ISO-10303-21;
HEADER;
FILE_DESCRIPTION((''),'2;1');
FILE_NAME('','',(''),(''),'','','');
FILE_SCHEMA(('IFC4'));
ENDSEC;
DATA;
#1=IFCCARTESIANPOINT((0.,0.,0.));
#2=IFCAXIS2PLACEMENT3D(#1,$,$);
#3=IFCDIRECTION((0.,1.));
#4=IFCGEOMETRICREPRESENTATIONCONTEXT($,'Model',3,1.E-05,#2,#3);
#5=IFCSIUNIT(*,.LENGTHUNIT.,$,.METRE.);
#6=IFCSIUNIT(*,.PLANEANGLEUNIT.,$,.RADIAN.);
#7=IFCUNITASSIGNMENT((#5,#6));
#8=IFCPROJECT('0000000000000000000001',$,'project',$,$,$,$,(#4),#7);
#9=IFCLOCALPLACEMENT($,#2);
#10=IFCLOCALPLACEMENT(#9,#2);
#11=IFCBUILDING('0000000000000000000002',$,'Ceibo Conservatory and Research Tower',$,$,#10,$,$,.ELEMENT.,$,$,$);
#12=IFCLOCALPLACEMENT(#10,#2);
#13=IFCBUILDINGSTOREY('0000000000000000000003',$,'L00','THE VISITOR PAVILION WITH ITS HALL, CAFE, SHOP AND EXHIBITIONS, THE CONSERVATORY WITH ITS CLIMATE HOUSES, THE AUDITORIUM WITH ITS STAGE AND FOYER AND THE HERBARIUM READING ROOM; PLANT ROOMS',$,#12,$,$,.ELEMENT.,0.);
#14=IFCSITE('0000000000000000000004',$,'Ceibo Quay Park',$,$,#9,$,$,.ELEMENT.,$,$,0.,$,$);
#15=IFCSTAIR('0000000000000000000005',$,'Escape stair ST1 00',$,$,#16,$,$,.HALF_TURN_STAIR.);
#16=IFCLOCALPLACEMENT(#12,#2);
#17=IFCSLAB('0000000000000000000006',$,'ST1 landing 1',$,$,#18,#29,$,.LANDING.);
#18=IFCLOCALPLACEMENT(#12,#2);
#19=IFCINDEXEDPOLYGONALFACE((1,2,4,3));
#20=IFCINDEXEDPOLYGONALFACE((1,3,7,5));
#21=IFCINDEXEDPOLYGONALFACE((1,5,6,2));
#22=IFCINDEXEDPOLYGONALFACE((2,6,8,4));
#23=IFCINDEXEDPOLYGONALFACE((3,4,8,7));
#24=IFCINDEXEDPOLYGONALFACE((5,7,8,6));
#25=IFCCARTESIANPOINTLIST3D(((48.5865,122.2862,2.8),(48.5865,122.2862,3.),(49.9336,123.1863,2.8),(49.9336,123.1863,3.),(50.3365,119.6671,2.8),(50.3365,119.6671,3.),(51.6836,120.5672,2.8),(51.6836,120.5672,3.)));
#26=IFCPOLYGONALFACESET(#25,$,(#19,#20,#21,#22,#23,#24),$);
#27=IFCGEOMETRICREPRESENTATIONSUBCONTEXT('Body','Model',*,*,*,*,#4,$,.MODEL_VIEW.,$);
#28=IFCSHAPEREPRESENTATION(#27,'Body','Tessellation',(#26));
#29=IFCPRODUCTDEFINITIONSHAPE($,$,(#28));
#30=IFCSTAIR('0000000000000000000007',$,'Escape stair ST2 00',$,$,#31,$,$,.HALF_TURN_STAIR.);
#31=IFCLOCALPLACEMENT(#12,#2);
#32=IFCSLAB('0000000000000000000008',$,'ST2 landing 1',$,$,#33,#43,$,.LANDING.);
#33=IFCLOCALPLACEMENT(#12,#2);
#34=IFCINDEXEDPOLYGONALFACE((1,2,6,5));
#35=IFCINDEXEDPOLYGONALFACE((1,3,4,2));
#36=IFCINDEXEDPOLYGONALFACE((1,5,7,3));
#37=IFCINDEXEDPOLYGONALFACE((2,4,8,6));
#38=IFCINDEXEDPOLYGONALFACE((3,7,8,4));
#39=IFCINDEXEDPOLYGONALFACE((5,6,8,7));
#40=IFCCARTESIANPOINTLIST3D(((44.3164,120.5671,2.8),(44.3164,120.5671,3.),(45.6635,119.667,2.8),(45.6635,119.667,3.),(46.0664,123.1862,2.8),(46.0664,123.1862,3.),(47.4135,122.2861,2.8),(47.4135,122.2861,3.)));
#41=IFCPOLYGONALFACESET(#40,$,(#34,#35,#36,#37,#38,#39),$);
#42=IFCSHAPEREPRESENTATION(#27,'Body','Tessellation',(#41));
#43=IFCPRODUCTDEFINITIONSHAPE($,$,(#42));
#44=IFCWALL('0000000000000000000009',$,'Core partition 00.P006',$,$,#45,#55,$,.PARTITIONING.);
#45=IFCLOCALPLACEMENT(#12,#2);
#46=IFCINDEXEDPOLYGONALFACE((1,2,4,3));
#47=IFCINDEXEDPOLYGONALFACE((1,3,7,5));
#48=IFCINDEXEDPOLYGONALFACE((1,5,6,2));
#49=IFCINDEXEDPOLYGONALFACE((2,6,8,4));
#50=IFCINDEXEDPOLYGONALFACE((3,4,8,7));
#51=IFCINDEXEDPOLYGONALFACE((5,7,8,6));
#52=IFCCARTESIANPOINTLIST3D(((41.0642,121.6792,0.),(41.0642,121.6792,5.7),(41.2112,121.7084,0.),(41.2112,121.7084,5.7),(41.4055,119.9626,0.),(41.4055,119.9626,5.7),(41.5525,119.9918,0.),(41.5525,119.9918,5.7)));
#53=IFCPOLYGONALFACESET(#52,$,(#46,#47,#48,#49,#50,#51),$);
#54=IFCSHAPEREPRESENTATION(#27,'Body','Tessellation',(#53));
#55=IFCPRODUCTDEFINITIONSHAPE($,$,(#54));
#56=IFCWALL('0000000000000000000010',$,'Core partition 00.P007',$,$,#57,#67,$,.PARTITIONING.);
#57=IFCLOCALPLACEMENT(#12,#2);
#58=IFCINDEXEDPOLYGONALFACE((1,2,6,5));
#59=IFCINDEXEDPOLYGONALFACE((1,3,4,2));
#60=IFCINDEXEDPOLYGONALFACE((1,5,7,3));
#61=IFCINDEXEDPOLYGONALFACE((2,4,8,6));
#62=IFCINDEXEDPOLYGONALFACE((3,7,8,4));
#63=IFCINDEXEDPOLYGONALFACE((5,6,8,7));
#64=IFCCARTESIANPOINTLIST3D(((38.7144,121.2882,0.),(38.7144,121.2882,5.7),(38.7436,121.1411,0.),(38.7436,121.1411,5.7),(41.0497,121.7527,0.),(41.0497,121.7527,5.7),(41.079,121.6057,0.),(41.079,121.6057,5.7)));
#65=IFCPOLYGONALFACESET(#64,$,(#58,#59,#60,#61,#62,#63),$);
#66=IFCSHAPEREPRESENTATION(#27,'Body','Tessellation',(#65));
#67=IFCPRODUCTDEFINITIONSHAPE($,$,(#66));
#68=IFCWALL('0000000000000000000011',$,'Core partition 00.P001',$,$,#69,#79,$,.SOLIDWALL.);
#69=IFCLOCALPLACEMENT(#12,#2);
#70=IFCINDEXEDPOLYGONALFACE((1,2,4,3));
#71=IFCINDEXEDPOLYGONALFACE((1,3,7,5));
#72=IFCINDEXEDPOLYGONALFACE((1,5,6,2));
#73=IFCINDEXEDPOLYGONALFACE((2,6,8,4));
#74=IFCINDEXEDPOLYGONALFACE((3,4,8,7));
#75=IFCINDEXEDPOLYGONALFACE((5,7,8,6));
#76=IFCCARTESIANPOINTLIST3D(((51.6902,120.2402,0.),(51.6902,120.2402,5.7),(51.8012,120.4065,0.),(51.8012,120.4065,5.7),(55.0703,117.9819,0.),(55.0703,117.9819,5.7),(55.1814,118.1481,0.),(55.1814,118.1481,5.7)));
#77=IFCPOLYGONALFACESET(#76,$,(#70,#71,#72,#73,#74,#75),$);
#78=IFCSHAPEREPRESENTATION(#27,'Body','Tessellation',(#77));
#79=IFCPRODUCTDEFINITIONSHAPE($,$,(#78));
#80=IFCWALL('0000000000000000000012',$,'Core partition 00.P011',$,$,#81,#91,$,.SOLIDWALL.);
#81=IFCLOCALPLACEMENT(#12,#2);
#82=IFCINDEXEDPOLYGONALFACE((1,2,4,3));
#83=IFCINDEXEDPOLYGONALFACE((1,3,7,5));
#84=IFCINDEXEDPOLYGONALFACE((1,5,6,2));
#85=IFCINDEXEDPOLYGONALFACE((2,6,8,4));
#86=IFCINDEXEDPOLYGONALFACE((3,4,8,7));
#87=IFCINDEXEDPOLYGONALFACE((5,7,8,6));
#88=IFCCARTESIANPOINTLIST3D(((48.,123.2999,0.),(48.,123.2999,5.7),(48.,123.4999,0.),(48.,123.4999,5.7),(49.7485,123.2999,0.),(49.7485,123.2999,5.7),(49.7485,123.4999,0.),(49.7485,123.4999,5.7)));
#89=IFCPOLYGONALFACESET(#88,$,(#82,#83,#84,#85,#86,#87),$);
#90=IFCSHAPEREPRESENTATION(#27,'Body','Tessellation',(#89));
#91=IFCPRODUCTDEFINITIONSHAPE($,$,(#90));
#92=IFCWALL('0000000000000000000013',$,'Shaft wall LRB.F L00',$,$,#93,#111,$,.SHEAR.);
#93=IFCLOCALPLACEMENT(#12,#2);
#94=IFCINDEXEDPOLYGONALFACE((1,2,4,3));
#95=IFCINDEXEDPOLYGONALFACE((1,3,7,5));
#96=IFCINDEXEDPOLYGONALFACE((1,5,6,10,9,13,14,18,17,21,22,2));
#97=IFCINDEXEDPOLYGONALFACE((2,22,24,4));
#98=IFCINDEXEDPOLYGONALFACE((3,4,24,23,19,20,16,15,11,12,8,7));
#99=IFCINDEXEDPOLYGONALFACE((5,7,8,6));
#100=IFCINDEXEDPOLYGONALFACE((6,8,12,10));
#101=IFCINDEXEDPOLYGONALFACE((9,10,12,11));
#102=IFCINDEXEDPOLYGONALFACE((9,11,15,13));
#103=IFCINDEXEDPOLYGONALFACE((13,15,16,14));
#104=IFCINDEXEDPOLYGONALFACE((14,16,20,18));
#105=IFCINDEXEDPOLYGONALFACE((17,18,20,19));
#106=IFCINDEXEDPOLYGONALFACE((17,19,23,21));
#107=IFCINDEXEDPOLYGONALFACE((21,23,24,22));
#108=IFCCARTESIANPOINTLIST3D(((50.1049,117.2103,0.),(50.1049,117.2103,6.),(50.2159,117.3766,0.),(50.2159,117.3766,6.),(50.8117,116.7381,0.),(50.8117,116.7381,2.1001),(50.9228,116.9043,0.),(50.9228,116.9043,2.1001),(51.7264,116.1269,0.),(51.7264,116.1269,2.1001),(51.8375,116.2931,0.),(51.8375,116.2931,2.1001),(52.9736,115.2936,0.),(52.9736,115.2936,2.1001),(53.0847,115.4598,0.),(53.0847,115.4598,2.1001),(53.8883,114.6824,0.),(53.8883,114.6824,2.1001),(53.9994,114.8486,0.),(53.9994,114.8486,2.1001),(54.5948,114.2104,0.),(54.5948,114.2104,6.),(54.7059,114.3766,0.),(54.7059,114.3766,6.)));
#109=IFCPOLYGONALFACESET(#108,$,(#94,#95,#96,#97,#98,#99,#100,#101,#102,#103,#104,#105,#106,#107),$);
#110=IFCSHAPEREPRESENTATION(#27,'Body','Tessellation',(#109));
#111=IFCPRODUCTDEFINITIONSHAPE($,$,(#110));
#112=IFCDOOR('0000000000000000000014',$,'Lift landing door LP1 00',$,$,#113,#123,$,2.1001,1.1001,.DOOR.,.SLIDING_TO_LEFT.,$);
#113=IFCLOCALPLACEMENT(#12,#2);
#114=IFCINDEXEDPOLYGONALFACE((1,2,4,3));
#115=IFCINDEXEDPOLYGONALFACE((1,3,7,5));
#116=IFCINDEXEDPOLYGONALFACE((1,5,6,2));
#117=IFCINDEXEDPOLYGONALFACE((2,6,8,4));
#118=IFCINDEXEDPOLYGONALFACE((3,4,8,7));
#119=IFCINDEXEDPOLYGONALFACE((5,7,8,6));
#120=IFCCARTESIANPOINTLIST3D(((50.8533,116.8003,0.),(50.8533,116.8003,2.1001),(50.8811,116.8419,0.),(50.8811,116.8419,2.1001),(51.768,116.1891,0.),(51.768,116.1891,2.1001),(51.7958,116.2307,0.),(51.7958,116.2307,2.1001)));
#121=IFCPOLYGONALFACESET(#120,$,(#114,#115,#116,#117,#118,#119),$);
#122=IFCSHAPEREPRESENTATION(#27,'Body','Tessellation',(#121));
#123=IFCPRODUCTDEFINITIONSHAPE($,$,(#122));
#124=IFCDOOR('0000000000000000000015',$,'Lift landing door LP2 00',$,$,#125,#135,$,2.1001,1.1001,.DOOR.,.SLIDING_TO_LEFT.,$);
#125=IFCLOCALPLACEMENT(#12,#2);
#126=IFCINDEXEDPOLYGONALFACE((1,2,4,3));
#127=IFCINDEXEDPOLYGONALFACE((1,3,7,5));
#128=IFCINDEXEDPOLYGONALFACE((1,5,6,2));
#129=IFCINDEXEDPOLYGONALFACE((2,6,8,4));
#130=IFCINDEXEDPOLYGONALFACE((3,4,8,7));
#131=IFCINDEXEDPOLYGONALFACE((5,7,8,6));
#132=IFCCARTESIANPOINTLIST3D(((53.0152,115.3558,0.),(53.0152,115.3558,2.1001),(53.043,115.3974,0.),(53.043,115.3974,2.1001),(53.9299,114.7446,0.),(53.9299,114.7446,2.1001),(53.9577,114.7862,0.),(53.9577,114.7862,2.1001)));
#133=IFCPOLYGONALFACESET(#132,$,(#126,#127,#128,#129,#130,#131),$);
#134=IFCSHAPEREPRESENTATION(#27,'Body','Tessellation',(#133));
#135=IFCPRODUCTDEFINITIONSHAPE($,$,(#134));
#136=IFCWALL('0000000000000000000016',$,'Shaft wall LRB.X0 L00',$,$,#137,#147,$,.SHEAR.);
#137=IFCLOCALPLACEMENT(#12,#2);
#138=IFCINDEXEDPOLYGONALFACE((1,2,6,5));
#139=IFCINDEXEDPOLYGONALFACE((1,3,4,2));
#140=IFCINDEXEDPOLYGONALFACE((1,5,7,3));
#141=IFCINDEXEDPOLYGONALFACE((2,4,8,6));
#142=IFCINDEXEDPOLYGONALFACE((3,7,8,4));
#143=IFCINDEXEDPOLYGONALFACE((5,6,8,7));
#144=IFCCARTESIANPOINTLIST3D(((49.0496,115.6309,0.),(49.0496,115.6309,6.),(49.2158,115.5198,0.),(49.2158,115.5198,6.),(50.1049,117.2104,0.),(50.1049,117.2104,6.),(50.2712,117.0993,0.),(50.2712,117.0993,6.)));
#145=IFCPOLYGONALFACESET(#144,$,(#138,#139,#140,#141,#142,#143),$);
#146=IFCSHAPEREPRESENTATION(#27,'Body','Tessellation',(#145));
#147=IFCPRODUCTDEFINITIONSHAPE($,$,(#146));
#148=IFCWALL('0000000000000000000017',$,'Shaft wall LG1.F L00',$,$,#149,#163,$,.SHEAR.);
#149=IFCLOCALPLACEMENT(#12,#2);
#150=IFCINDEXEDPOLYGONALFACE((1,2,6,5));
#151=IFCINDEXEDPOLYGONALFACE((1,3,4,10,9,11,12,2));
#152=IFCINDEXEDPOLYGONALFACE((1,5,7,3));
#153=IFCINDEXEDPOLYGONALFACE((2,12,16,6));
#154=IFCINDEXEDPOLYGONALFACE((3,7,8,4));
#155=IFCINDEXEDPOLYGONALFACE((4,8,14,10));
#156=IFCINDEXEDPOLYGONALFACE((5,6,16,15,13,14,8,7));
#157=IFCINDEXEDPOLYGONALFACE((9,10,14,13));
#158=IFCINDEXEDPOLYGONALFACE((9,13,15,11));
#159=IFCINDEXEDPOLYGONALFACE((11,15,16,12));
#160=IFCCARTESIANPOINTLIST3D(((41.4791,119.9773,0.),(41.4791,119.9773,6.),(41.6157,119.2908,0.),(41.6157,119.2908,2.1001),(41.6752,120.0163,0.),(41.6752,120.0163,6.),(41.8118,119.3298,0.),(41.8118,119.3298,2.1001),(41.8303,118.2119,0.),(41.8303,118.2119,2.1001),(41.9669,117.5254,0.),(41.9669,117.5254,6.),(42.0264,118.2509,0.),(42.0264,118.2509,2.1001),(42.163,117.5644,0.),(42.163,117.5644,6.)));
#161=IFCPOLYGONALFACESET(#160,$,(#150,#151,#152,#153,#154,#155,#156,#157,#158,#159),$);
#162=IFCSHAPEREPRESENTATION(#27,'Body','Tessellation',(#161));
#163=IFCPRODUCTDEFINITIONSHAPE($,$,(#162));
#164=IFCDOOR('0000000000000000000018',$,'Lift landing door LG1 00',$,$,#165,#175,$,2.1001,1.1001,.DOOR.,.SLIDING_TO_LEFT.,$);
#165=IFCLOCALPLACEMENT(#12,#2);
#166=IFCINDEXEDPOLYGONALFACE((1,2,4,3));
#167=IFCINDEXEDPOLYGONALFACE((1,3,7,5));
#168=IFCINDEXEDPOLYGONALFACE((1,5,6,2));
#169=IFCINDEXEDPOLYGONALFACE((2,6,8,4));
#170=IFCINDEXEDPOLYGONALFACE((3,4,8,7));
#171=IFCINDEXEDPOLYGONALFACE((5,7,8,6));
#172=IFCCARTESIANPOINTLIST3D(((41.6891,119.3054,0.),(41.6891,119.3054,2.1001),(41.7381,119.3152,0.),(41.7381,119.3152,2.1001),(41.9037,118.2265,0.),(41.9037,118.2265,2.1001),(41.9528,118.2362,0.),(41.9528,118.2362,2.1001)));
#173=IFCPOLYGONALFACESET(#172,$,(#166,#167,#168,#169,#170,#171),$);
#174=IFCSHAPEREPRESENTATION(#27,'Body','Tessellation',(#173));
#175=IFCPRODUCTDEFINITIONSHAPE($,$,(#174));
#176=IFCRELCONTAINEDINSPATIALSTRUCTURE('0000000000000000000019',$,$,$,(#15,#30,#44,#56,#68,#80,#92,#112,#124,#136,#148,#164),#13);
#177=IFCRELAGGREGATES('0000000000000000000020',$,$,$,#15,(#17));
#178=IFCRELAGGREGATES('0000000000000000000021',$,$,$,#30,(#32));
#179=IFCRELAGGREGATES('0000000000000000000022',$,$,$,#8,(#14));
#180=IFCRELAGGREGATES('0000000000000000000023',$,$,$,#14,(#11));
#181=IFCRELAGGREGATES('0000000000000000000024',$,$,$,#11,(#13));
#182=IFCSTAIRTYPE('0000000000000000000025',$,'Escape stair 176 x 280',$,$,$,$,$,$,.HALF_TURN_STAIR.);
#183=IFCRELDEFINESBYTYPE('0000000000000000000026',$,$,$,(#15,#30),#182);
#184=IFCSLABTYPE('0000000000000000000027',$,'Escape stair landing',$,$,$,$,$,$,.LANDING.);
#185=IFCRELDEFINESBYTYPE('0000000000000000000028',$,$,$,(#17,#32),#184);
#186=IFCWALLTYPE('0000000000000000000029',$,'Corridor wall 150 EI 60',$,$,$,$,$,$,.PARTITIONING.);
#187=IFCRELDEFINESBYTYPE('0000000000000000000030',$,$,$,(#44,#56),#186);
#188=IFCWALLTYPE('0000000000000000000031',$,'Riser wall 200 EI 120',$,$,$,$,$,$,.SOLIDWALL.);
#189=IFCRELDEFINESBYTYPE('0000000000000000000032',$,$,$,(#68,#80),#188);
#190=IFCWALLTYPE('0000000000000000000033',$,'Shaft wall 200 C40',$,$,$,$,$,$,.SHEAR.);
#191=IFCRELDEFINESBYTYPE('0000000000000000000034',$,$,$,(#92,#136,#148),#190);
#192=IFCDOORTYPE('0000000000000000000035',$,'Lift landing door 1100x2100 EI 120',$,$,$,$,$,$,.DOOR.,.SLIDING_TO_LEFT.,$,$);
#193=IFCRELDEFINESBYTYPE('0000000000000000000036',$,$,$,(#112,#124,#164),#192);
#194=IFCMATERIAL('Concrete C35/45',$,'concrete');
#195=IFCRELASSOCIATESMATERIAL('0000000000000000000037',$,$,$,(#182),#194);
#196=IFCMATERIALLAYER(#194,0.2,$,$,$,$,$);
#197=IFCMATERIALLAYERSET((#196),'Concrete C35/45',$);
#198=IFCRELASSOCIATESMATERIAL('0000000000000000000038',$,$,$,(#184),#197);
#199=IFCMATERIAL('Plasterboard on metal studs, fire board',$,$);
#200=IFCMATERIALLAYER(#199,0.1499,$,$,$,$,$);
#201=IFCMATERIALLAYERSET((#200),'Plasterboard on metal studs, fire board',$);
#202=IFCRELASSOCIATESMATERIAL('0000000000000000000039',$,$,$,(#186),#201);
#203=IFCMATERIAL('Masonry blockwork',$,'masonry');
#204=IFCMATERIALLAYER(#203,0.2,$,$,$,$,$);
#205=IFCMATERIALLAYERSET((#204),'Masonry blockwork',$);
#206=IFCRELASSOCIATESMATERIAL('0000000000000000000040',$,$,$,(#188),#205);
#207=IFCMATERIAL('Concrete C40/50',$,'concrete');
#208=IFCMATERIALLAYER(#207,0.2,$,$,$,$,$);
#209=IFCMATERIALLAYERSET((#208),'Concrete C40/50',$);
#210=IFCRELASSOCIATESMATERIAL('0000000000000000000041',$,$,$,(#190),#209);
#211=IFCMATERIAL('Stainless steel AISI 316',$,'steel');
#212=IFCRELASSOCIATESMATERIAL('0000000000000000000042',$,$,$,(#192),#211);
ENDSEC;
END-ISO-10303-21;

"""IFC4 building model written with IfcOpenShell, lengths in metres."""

from ifc_helpers import new_model, si_unit, direction, frame, frame_2d, origin, place, context, subcontext, project, spatial, polyline, rectangle, outline, extrude, material, layer, layer_set, type_object, element, fill, aggregate, save


model = new_model("IFC4")

# Units and contexts
model_context = context("Model", 3, precision=1e-05, world=origin(), true_north=direction((0.0, 1.0)))
body_context = subcontext(model_context, "Body", "Model", "MODEL_VIEW")
ifc_project = project(units=[si_unit("LENGTHUNIT", "METRE"), si_unit("PLANEANGLEUNIT", "RADIAN")], contexts=[model_context])

# Site, building, storey
site_placement = place(None, origin())
site = spatial("IfcSite", under=ifc_project, at=site_placement, Name="Ceibo Quay Park", CompositionType="ELEMENT", RefElevation=0.0)
building_placement = place(site_placement, origin())
building = spatial("IfcBuilding", under=site, at=building_placement, Name="Ceibo Conservatory and Research Tower", CompositionType="ELEMENT")
storey_placement = place(building_placement, origin())
storey = spatial("IfcBuildingStorey", under=building, at=storey_placement, Name="L00", Description="THE VISITOR PAVILION WITH ITS HALL, CAFE, SHOP AND EXHIBITIONS, THE CONSERVATORY WITH ITS CLIMATE HOUSES, THE AUDITORIUM WITH ITS STAGE AND FOYER AND THE HERBARIUM READING ROOM; PLANT ROOMS", CompositionType="ELEMENT", Elevation=0.0)

# Stairs, slabs
ifc_material_1 = material(Name="Concrete C35/45", Category="concrete")
stair_type = type_object("IfcStairType", Name="Escape stair 176 x 280", PredefinedType="HALF_TURN_STAIR", material=ifc_material_1)
stair_1_placement = place(storey_placement, origin())
stair_1 = element("IfcStair", 1, at=stair_1_placement, inside=storey, type_object=stair_type, Name="Escape stair ST1 00", PredefinedType="HALF_TURN_STAIR")
ifc_layer_1 = layer(ifc_material_1, 0.2)
ifc_layer_set_1 = layer_set([ifc_layer_1], Name="Concrete C35/45")
slab_type = type_object("IfcSlabType", Name="Escape stair landing", PredefinedType="LANDING", material=ifc_layer_set_1)
slab_1_placement = place(storey_placement, frame((49.9336, 123.1863, 2.8), z_axis=(0.0, 0.0, 1.0), x_axis=(-0.83147, -0.55557, 0.0)))
slab_1 = element("IfcSlab", 2, at=slab_1_placement, type_object=slab_type, Name="ST1 landing 1", PredefinedType="LANDING", context=body_context, shape_type="SweptSolid", body=[
    extrude(outline(polyline([(0.0, 0.0), (1.6201, 0.0), (1.6201, 3.1499), (0.0, 3.1499), (0.0, 0.0)])), origin(), (0.0, 0.0, 1.0), 0.2),
])
stair_2_placement = place(storey_placement, origin())
stair_2 = element("IfcStair", 3, at=stair_2_placement, inside=storey, type_object=stair_type, Name="Escape stair ST2 00", PredefinedType="HALF_TURN_STAIR")
slab_2_placement = place(storey_placement, frame((44.3164, 120.5671, 2.8), z_axis=(0.0, 0.0, 1.0), x_axis=(0.83147, -0.55557, 0.0)))
slab_2 = element("IfcSlab", 4, at=slab_2_placement, type_object=slab_type, Name="ST2 landing 1", PredefinedType="LANDING", context=body_context, shape_type="SweptSolid", body=[
    extrude(outline(polyline([(0.0, 0.0), (1.6201, 0.0), (1.6201, 3.1499), (0.0, 3.1499), (0.0, 0.0)])), origin(), (0.0, 0.0, 1.0), 0.2),
])

# Walls
ifc_material_2 = material(Name="Plasterboard on metal studs, fire board")
ifc_layer_2 = layer(ifc_material_2, 0.1499)
ifc_layer_set_2 = layer_set([ifc_layer_2], Name="Plasterboard on metal studs, fire board")
wall_type_1 = type_object("IfcWallType", Name="Corridor wall 150 EI 60", PredefinedType="PARTITIONING", material=ifc_layer_set_2)
wall_1_placement = place(storey_placement, frame((41.479, 119.9773, 0.0), z_axis=(0.0, 0.0, 1.0), x_axis=(-0.195016, 0.9808, 0.0)))
element("IfcWall", 5, at=wall_1_placement, inside=storey, type_object=wall_type_1, Name="Core partition 00.P006", PredefinedType="PARTITIONING", context=body_context, shape_type="SweptSolid", body=[
    extrude(rectangle(XDim=1.7502, YDim=0.1499, at=frame_2d((0.875, 0.0))), origin(), (0.0, 0.0, 1.0), 5.7),
])
wall_2_placement = place(storey_placement, frame((41.0642, 121.6792, 0.0), z_axis=(0.0, 0.0, 1.0), x_axis=(-0.980781, -0.19511, 0.0)))
element("IfcWall", 6, at=wall_2_placement, inside=storey, type_object=wall_type_1, Name="Core partition 00.P007", PredefinedType="PARTITIONING", context=body_context, shape_type="SweptSolid", body=[
    extrude(rectangle(XDim=2.3811, YDim=0.1499, at=frame_2d((1.1904, 0.0))), origin(), (0.0, 0.0, 1.0), 5.7),
])
ifc_material_3 = material(Name="Masonry blockwork", Category="masonry")
ifc_layer_3 = layer(ifc_material_3, 0.2)
ifc_layer_set_3 = layer_set([ifc_layer_3], Name="Masonry blockwork")
wall_type_2 = type_object("IfcWallType", Name="Riser wall 200 EI 120", PredefinedType="SOLIDWALL", material=ifc_layer_set_3)
wall_3_placement = place(storey_placement, frame((55.126, 118.0649, 0.0), z_axis=(0.0, 0.0, 1.0), x_axis=(-0.831496, 0.555531, 0.0)))
element("IfcWall", 7, at=wall_3_placement, inside=storey, type_object=wall_type_2, Name="Core partition 00.P001", PredefinedType="SOLIDWALL", context=body_context, shape_type="SweptSolid", body=[
    extrude(rectangle(XDim=4.0652, YDim=0.2, at=frame_2d((2.0327, 0.0))), origin(), (0.0, 0.0, 1.0), 5.7),
])
wall_4_placement = place(storey_placement, frame((49.7485, 123.3999, 0.0), z_axis=(0.0, 0.0, 1.0), x_axis=(-1.0, 0.0, 0.0)))
element("IfcWall", 8, at=wall_4_placement, inside=storey, type_object=wall_type_2, Name="Core partition 00.P011", PredefinedType="SOLIDWALL", context=body_context, shape_type="SweptSolid", body=[
    extrude(rectangle(XDim=1.7485, YDim=0.2, at=frame_2d((0.8743, 0.0))), origin(), (0.0, 0.0, 1.0), 5.7),
])

# Wall, openings, doors
ifc_material_4 = material(Name="Concrete C40/50", Category="concrete")
ifc_layer_4 = layer(ifc_material_4, 0.2)
ifc_layer_set_4 = layer_set([ifc_layer_4], Name="Concrete C40/50")
wall_type_3 = type_object("IfcWallType", Name="Shaft wall 200 C40", PredefinedType="SHEAR", material=ifc_layer_set_4)
wall_5_placement = place(storey_placement, frame((50.1604, 117.2935, 0.0), z_axis=(0.0, 0.0, 1.0), x_axis=(0.831479, -0.555555, 0.0)))
wall_5 = element("IfcWall", 9, at=wall_5_placement, inside=storey, type_object=wall_type_3, Name="Shaft wall LRB.F L00", PredefinedType="SHEAR", context=body_context, shape_type="SweptSolid", body=[
    extrude(rectangle(XDim=5.3999, YDim=0.2, at=frame_2d((2.7, 0.0))), origin(), (0.0, 0.0, 1.0), 6.0),
])
opening_1_placement = place(wall_5_placement, frame((0.8501, 0.0, 0.0)))
opening_1 = element("IfcOpeningElement", 10, at=opening_1_placement, cuts=wall_5, PredefinedType="OPENING", context=body_context, shape_type="SweptSolid", body=[
    extrude(rectangle(XDim=1.1001, YDim=2.1001, at=frame_2d((0.55, 1.05))), frame((0.0, 0.1099, 0.0), z_axis=(0.0, -1.0, 0.0), x_axis=(1.0, 0.0, 0.0)), (0.0, 0.0, 1.0), 0.22),
])
opening_2_placement = place(wall_5_placement, frame((3.4502, 0.0, 0.0)))
opening_2 = element("IfcOpeningElement", 11, at=opening_2_placement, cuts=wall_5, PredefinedType="OPENING", context=body_context, shape_type="SweptSolid", body=[
    extrude(rectangle(XDim=1.1001, YDim=2.1001, at=frame_2d((0.55, 1.05))), frame((0.0, 0.1099, 0.0), z_axis=(0.0, -1.0, 0.0), x_axis=(1.0, 0.0, 0.0)), (0.0, 0.0, 1.0), 0.22),
])
ifc_material_5 = material(Name="Stainless steel AISI 316", Category="steel")
door_type = type_object("IfcDoorType", Name="Lift landing door 1100x2100 EI 120", OperationType="SLIDING_TO_LEFT", PredefinedType="DOOR", material=ifc_material_5)
door_1_placement = place(opening_1_placement, origin())
door_1 = element("IfcDoor", 12, at=door_1_placement, inside=storey, type_object=door_type, Name="Lift landing door LP1 00", OperationType="SLIDING_TO_LEFT", OverallHeight=2.1001, OverallWidth=1.1001, PredefinedType="DOOR", context=body_context, shape_type="SweptSolid", body=[
    extrude(rectangle(XDim=1.1001, YDim=2.1001, at=frame_2d((0.55, 1.05))), frame((0.0, 0.0249, 0.0), z_axis=(0.0, -1.0, 0.0), x_axis=(1.0, 0.0, 0.0)), (0.0, 0.0, 1.0), 0.05),
])
fill(opening_1, door_1)
door_2_placement = place(opening_2_placement, origin())
door_2 = element("IfcDoor", 13, at=door_2_placement, inside=storey, type_object=door_type, Name="Lift landing door LP2 00", OperationType="SLIDING_TO_LEFT", OverallHeight=2.1001, OverallWidth=1.1001, PredefinedType="DOOR", context=body_context, shape_type="SweptSolid", body=[
    extrude(rectangle(XDim=1.1001, YDim=2.1001, at=frame_2d((0.55, 1.05))), frame((0.0, 0.0249, 0.0), z_axis=(0.0, -1.0, 0.0), x_axis=(1.0, 0.0, 0.0)), (0.0, 0.0, 1.0), 0.05),
])
fill(opening_2, door_2)

# Wall
wall_6_placement = place(storey_placement, frame((50.188, 117.1548, 0.0), z_axis=(0.0, 0.0, 1.0), x_axis=(-0.55556, -0.831476, 0.0)))
element("IfcWall", 14, at=wall_6_placement, inside=storey, type_object=wall_type_3, Name="Shaft wall LRB.X0 L00", PredefinedType="SHEAR", context=body_context, shape_type="SweptSolid", body=[
    extrude(rectangle(XDim=1.8997, YDim=0.2, at=frame_2d((0.9497, 0.0))), origin(), (0.0, 0.0, 1.0), 6.0),
])

# Wall, opening, door
wall_7_placement = place(storey_placement, frame((41.5771, 119.9968, 0.0), z_axis=(0.0, 0.0, 1.0), x_axis=(0.195121, -0.980779, 0.0)))
wall_7 = element("IfcWall", 15, at=wall_7_placement, inside=storey, type_object=wall_type_3, Name="Shaft wall LG1.F L00", PredefinedType="SHEAR", context=body_context, shape_type="SweptSolid", body=[
    extrude(rectangle(XDim=2.5, YDim=0.2, at=frame_2d((1.25, 0.0))), origin(), (0.0, 0.0, 1.0), 6.0),
])
opening_3_placement = place(wall_7_placement, frame((0.7, 0.0, 0.0)))
opening_3 = element("IfcOpeningElement", 16, at=opening_3_placement, cuts=wall_7, PredefinedType="OPENING", context=body_context, shape_type="SweptSolid", body=[
    extrude(rectangle(XDim=1.1001, YDim=2.1001, at=frame_2d((0.55, 1.05))), frame((0.0, 0.1099, 0.0), z_axis=(0.0, -1.0, 0.0), x_axis=(1.0, 0.0, 0.0)), (0.0, 0.0, 1.0), 0.22),
])
door_3_placement = place(opening_3_placement, origin())
door_3 = element("IfcDoor", 17, at=door_3_placement, inside=storey, type_object=door_type, Name="Lift landing door LG1 00", OperationType="SLIDING_TO_LEFT", OverallHeight=2.1001, OverallWidth=1.1001, PredefinedType="DOOR", context=body_context, shape_type="SweptSolid", body=[
    extrude(rectangle(XDim=1.1001, YDim=2.1001, at=frame_2d((0.55, 1.05))), frame((0.0, 0.0249, 0.0), z_axis=(0.0, -1.0, 0.0), x_axis=(1.0, 0.0, 0.0)), (0.0, 0.0, 1.0), 0.05),
])
fill(opening_3, door_3)

aggregate(stair_1, [slab_1])
aggregate(stair_2, [slab_2])

save(model, "model.ifc")
